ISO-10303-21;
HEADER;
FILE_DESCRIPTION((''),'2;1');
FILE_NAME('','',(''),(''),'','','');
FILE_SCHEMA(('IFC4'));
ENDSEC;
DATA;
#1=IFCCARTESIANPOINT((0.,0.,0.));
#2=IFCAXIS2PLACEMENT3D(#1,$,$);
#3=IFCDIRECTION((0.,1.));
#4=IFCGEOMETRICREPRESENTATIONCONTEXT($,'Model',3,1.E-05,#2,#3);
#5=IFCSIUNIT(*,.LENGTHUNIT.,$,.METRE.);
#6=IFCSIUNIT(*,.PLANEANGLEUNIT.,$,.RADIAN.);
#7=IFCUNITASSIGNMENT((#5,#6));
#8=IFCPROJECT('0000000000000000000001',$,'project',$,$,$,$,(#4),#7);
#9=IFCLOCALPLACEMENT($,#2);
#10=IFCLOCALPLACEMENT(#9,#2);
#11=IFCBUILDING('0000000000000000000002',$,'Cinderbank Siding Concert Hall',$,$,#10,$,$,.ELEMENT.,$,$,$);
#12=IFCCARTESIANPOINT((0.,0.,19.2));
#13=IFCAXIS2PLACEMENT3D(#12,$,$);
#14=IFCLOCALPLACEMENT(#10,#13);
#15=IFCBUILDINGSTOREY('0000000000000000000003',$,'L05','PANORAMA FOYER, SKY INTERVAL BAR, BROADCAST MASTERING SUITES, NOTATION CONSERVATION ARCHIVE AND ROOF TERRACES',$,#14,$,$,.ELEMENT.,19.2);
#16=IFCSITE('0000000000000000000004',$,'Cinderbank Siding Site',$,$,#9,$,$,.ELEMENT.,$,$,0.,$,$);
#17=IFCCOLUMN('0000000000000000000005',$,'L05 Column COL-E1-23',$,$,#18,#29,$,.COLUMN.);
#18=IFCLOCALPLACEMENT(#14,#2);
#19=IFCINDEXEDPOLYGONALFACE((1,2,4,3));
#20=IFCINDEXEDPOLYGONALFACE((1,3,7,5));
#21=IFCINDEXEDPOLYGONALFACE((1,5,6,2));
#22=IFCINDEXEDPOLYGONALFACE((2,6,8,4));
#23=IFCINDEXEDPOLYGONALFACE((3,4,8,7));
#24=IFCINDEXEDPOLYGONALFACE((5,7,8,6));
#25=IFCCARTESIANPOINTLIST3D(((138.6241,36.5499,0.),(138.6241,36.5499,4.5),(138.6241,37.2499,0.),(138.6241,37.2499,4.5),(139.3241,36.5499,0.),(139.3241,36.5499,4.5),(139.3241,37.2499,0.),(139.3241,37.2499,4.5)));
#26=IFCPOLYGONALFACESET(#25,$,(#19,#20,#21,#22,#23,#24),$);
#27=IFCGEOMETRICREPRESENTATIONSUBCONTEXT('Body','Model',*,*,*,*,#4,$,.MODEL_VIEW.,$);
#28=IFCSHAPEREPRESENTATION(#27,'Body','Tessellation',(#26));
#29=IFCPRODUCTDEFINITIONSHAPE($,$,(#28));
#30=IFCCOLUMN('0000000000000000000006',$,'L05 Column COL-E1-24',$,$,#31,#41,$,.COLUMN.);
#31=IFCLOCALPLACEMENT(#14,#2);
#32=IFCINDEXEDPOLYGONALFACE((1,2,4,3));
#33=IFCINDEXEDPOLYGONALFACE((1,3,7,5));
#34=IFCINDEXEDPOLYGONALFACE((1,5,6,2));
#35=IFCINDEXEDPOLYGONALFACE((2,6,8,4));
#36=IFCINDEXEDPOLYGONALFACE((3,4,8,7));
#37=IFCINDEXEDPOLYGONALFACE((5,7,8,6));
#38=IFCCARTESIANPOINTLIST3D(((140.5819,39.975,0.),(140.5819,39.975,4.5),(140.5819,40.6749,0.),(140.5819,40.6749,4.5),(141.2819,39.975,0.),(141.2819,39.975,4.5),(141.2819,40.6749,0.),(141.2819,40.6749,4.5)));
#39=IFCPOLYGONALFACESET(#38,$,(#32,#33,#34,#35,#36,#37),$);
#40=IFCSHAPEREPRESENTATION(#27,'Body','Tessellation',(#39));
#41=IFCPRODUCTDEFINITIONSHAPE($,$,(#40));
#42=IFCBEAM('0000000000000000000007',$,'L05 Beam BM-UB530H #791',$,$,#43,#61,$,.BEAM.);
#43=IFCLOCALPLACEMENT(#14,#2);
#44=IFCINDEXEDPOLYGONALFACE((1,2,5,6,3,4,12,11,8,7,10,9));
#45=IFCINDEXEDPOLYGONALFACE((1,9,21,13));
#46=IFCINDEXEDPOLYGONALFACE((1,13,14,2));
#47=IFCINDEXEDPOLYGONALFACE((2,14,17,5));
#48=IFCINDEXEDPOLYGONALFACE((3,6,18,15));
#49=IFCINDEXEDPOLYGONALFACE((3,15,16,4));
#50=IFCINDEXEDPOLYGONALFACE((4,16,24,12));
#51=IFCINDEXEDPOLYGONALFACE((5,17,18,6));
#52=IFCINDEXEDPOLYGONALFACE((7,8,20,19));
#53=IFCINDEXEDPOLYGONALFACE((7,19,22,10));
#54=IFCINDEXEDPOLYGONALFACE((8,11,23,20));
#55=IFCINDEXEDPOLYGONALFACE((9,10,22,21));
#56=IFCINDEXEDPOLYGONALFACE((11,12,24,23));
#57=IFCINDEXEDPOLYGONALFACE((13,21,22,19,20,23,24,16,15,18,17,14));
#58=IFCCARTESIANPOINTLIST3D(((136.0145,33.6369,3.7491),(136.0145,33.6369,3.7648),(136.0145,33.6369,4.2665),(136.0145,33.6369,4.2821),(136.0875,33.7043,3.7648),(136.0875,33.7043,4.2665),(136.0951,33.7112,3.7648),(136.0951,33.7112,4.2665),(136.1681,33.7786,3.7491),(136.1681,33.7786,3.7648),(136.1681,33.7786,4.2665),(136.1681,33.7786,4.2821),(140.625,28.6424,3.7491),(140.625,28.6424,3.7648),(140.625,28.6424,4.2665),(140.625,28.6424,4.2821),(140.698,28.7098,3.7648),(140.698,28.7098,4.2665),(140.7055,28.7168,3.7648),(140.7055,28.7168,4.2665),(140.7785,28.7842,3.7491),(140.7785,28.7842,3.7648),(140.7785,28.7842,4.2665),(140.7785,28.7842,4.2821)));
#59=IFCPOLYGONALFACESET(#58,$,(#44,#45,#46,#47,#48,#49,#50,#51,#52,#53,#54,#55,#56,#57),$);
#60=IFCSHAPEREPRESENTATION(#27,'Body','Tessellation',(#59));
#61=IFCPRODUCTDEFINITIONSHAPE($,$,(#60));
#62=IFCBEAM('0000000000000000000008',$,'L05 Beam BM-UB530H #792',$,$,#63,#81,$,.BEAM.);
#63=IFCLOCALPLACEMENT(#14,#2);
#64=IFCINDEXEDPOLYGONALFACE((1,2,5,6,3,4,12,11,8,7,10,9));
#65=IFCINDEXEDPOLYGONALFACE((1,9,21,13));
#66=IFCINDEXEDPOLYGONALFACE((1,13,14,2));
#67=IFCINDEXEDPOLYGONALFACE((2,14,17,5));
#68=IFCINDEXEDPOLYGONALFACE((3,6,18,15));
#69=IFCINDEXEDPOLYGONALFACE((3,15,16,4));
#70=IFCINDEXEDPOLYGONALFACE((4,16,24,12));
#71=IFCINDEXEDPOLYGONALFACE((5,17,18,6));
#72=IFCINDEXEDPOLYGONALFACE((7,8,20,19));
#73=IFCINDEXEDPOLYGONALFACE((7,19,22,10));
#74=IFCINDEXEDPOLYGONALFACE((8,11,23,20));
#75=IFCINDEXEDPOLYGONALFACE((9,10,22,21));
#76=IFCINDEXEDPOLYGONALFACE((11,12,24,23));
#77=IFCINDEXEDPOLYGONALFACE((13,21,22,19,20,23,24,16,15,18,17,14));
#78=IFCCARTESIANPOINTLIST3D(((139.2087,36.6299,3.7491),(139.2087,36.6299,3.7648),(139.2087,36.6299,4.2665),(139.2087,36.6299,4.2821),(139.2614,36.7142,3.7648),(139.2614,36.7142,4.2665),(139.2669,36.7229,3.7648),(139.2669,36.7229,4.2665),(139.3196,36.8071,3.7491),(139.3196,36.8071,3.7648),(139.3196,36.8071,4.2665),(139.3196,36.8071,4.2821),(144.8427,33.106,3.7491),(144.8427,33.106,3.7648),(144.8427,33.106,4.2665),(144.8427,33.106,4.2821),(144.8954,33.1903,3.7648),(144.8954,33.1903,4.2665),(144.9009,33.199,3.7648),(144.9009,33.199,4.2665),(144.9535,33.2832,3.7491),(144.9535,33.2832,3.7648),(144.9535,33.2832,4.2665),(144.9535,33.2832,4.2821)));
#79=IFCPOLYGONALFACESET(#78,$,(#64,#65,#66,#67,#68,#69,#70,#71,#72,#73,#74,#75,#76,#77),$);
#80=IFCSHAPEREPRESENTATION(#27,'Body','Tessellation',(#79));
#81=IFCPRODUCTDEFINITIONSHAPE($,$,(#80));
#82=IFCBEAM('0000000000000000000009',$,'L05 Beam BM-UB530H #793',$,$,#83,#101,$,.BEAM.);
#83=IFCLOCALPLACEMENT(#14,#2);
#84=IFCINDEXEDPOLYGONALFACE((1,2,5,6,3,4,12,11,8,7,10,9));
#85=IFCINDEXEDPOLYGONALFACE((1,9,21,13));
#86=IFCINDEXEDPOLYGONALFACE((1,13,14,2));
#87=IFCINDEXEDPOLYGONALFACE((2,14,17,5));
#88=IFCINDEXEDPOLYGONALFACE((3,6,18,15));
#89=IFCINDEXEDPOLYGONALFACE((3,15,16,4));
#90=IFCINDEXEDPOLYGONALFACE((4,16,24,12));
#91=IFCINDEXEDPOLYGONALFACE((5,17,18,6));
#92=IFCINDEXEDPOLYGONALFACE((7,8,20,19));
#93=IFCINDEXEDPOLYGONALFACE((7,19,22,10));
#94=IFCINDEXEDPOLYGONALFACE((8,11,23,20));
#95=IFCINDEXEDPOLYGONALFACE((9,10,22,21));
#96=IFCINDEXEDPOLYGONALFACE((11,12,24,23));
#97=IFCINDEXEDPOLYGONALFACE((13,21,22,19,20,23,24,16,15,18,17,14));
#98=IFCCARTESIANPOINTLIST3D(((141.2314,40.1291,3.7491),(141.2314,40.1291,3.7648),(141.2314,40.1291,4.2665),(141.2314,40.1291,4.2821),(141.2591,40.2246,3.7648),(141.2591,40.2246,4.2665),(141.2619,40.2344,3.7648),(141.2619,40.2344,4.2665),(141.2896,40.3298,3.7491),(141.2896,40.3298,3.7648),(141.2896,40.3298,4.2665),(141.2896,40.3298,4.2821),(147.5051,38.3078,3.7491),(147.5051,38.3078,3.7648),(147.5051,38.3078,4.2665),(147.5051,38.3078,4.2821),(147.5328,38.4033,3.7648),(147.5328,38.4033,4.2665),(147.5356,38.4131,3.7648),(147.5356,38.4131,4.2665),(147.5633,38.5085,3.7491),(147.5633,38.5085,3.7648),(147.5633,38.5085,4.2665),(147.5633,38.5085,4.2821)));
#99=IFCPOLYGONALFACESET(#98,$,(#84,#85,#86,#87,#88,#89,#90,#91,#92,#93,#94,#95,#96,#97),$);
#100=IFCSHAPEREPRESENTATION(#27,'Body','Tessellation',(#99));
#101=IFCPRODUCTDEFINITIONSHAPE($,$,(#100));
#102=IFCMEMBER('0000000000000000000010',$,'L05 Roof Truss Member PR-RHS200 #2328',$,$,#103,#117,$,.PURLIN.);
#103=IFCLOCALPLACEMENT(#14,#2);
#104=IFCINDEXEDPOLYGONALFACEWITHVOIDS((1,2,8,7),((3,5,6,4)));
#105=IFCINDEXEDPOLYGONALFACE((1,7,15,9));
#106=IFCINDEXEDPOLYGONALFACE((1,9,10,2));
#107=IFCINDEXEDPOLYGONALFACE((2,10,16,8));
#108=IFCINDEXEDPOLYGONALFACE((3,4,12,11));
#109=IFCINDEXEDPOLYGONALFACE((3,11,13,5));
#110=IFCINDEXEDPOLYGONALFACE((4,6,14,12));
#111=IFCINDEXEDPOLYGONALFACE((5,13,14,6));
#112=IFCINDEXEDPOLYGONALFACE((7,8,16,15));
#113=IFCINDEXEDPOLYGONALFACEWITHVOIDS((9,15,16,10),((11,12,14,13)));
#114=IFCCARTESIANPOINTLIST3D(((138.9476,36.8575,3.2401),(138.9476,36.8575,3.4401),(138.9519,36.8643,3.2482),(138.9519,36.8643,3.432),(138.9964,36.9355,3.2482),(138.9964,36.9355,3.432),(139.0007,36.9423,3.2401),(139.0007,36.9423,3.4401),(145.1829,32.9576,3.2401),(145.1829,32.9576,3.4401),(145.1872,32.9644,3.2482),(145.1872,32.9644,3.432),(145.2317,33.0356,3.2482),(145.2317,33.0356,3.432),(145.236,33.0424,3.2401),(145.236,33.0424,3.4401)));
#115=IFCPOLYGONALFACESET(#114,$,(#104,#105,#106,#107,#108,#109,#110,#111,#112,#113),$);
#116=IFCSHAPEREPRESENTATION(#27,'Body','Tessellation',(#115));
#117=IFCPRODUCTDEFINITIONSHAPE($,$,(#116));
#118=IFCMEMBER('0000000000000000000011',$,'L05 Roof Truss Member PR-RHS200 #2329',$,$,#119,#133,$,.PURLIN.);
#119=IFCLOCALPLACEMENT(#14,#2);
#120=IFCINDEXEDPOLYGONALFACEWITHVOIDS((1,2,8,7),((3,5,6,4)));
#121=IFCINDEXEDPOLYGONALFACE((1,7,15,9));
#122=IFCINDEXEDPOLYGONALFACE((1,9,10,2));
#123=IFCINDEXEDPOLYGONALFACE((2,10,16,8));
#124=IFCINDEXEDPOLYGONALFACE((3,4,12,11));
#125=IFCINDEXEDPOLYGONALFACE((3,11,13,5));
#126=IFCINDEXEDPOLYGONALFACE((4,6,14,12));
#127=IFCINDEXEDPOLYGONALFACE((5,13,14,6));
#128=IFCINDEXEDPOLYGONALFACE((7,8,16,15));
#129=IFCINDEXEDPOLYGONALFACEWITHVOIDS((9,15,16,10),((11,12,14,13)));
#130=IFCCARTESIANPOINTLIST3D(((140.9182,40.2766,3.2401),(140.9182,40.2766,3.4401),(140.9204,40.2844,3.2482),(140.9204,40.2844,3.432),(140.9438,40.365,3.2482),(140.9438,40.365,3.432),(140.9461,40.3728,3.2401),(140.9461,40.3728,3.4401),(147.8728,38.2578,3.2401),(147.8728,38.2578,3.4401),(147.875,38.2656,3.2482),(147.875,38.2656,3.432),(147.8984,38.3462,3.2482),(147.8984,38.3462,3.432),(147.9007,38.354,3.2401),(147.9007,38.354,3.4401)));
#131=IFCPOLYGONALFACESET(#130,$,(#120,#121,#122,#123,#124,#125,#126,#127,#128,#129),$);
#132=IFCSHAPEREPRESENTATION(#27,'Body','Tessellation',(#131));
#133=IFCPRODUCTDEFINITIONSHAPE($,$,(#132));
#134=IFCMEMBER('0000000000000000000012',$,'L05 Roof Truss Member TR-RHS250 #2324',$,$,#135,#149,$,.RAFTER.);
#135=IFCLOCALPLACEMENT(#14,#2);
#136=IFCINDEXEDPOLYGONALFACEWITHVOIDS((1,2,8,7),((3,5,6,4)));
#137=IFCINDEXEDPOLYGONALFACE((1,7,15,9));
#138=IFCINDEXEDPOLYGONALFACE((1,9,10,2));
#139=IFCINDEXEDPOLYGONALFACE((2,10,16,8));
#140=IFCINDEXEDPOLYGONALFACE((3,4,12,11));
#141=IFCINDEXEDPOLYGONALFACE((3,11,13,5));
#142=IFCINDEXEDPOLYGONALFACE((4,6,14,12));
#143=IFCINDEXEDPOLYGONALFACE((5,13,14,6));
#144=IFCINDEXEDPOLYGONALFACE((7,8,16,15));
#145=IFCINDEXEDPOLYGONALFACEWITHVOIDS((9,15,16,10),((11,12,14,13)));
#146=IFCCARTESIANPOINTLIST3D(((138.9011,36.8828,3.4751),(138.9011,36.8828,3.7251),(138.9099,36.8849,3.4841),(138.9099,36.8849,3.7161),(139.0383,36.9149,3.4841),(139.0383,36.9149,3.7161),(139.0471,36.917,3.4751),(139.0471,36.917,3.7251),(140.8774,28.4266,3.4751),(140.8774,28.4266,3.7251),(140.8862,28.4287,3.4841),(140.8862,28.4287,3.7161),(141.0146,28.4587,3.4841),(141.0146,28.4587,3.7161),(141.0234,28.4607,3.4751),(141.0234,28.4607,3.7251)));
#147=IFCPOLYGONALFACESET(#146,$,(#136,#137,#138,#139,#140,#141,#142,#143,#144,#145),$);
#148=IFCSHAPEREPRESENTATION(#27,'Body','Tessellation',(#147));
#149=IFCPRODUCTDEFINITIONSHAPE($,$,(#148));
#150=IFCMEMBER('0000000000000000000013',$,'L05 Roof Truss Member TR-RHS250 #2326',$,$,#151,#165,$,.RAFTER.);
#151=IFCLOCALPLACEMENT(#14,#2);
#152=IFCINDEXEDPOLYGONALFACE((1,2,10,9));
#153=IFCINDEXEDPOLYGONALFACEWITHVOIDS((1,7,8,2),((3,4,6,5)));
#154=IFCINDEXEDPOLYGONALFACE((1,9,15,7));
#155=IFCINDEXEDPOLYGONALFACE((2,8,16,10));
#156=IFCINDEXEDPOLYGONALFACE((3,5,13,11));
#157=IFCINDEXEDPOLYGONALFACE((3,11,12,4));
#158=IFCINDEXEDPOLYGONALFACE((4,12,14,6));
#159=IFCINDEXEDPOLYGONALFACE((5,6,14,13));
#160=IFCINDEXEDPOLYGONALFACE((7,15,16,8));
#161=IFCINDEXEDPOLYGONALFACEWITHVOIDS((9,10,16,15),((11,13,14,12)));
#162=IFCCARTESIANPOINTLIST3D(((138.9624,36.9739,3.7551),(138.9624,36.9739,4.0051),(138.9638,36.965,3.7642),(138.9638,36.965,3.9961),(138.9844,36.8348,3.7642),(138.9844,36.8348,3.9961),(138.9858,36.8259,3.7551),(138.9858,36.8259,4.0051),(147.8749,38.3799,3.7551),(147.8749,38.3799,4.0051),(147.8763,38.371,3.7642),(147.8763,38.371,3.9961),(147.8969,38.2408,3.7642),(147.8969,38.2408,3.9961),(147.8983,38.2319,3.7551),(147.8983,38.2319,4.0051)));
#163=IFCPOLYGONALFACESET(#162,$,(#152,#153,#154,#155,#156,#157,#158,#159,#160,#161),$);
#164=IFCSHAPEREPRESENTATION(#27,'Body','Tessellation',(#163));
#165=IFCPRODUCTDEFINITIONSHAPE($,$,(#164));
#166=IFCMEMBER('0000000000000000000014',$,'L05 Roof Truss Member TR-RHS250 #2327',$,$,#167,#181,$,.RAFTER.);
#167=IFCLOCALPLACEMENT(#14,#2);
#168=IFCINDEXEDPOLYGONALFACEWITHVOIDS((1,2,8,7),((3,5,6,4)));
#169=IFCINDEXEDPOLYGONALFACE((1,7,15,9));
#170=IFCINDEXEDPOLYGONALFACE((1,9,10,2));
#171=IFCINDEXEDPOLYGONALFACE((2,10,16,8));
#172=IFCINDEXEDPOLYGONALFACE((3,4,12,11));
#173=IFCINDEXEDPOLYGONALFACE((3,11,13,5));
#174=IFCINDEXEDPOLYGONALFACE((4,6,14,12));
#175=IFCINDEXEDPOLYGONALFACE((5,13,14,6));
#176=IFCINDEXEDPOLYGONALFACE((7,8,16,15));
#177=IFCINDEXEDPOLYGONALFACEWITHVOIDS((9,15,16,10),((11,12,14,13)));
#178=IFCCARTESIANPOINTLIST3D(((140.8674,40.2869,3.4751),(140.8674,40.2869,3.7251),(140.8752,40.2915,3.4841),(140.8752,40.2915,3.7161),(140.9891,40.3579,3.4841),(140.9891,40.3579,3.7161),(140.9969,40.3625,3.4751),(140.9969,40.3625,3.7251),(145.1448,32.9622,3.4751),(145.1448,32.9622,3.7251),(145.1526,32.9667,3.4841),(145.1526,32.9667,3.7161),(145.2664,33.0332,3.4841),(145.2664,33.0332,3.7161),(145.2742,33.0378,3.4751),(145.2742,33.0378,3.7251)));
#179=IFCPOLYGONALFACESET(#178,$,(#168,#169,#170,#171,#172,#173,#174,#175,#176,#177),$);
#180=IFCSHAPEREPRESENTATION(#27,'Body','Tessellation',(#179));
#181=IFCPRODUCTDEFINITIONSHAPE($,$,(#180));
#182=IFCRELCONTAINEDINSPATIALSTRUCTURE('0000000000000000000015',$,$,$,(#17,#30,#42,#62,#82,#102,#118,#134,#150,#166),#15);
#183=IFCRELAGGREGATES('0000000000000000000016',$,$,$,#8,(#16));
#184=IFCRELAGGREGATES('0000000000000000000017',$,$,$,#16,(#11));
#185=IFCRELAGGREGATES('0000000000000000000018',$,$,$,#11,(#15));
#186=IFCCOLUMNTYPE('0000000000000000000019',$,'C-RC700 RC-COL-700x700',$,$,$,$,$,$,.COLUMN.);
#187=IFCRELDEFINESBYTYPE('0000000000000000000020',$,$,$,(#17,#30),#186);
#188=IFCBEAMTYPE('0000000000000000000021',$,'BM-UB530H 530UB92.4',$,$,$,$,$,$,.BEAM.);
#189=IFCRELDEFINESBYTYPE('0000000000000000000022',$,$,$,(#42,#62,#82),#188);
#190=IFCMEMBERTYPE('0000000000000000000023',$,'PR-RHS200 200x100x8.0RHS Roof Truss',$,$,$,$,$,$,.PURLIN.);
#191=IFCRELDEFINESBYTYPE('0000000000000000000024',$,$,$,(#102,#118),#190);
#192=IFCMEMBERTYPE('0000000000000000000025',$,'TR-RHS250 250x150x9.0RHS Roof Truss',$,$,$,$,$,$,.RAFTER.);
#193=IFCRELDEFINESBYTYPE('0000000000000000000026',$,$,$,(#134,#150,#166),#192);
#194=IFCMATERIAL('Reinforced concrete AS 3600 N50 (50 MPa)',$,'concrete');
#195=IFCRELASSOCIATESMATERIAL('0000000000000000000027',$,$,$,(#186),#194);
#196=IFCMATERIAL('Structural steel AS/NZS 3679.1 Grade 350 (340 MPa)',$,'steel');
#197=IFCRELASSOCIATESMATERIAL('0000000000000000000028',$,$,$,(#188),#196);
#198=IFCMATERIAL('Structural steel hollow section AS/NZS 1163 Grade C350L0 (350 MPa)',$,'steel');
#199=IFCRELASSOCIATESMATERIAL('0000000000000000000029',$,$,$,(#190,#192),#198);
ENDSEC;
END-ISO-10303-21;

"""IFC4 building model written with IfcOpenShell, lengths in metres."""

from ifc_helpers import new_model, si_unit, direction, frame, origin, origin_2d, place, context, subcontext, project, spatial, rectangle, hollow_rectangle, i_section, extrude, material, material_profile, profile_set, type_object, element, save


model = new_model("IFC4")

# Units and contexts
model_context = context("Model", 3, precision=1e-05, world=origin(), true_north=direction((0.0, 1.0)))
body_context = subcontext(model_context, "Body", "Model", "MODEL_VIEW")
ifc_project = project(units=[si_unit("LENGTHUNIT", "METRE"), si_unit("PLANEANGLEUNIT", "RADIAN")], contexts=[model_context])

# Site, building, storey
site_placement = place(None, origin())
site = spatial("IfcSite", under=ifc_project, at=site_placement, Name="Cinderbank Siding Site", CompositionType="ELEMENT", RefElevation=0.0)
building_placement = place(site_placement, origin())
building = spatial("IfcBuilding", under=site, at=building_placement, Name="Cinderbank Siding Concert Hall", CompositionType="ELEMENT")
storey_placement = place(building_placement, frame((0.0, 0.0, 19.2)))
storey = spatial("IfcBuildingStorey", under=building, at=storey_placement, Name="L05", Description="PANORAMA FOYER, SKY INTERVAL BAR, BROADCAST MASTERING SUITES, NOTATION CONSERVATION ARCHIVE AND ROOF TERRACES", CompositionType="ELEMENT", Elevation=19.2)

# Columns
ifc_material_1 = material(Name="Reinforced concrete AS 3600 N50 (50 MPa)", Category="concrete")
ifc_material_profile_1 = material_profile(ifc_material_1, rectangle(XDim=0.7, YDim=0.7, at=origin_2d()), Name="RC-COL-700x700", Category="LoadBearing")
ifc_profile_set_1 = profile_set([ifc_material_profile_1], Name="Reinforced concrete AS 3600 N50 (50 MPa)")
column_type = type_object("IfcColumnType", Name="C-RC700 RC-COL-700x700", PredefinedType="COLUMN", material=ifc_profile_set_1)
for number, where, z_axis, x_axis, name in (
    (1, (138.9741, 36.8999, 0.0), (0.0, 0.0, 1.0), (1.0, 0.0, 0.0), "L05 Column COL-E1-23"),
    (2, (140.9319, 40.325, 0.0), (0.0, 0.0, 1.0), (1.0, 0.0, 0.0), "L05 Column COL-E1-24"),
):
    element("IfcColumn", number, at=place(storey_placement, frame(where, z_axis=z_axis, x_axis=x_axis)), inside=storey, type_object=column_type, Name=name, PredefinedType="COLUMN", context=body_context, shape_type="SweptSolid", body=[
        extrude(rectangle(XDim=0.7, YDim=0.7, at=origin_2d()), origin(), (0.0, 0.0, 1.0), 4.5),
    ])

# Beams
ifc_material_2 = material(Name="Structural steel AS/NZS 3679.1 Grade 350 (340 MPa)", Category="steel")
ifc_material_profile_2 = material_profile(ifc_material_2, i_section(OverallWidth=0.209, OverallDepth=0.533, WebThickness=0.0103, FlangeThickness=0.0156, at=origin_2d()), Name="530UB92.4", Category="LoadBearing")
ifc_profile_set_2 = profile_set([ifc_material_profile_2], Name="Structural steel AS/NZS 3679.1 Grade 350 (340 MPa)")
beam_type = type_object("IfcBeamType", Name="BM-UB530H 530UB92.4", PredefinedType="BEAM", material=ifc_profile_set_2)
beam_1_placement = place(storey_placement, frame((136.0913, 33.7078, 4.0156), z_axis=(0.678292, -0.734792, 0.0), x_axis=(0.734792, 0.678292, 0.0)))
element("IfcBeam", 3, at=beam_1_placement, inside=storey, type_object=beam_type, Name="L05 Beam BM-UB530H #791", PredefinedType="BEAM", context=body_context, shape_type="SweptSolid", body=[
    extrude(i_section(OverallWidth=0.209, OverallDepth=0.533, WebThickness=0.0103, FlangeThickness=0.0156, at=origin_2d()), origin(), (0.0, 0.0, 1.0), 6.7971),
])
beam_2_placement = place(storey_placement, frame((139.2642, 36.7185, 4.0156), z_axis=(0.847819, -0.530286, 0.0), x_axis=(0.530286, 0.847819, 0.0)))
element("IfcBeam", 4, at=beam_2_placement, inside=storey, type_object=beam_type, Name="L05 Beam BM-UB530H #792", PredefinedType="BEAM", context=body_context, shape_type="SweptSolid", body=[
    extrude(i_section(OverallWidth=0.209, OverallDepth=0.533, WebThickness=0.0103, FlangeThickness=0.0156, at=origin_2d()), origin(), (0.0, 0.0, 1.0), 6.6453),
])
beam_3_placement = place(storey_placement, frame((141.2605, 40.2295, 4.0156), z_axis=(0.96035, -0.278796, 0.0), x_axis=(0.278796, 0.96035, 0.0)))
element("IfcBeam", 5, at=beam_3_placement, inside=storey, type_object=beam_type, Name="L05 Beam BM-UB530H #793", PredefinedType="BEAM", context=body_context, shape_type="SweptSolid", body=[
    extrude(i_section(OverallWidth=0.209, OverallDepth=0.533, WebThickness=0.0103, FlangeThickness=0.0156, at=origin_2d()), origin(), (0.0, 0.0, 1.0), 6.5327),
])

# Members
ifc_material_3 = material(Name="Structural steel hollow section AS/NZS 1163 Grade C350L0 (350 MPa)", Category="steel")
ifc_material_profile_3 = material_profile(ifc_material_3, hollow_rectangle(XDim=0.1001, YDim=0.2, WallThickness=0.0081, at=origin_2d()), Name="200x100x8.0RHS", Category="LoadBearing")
ifc_profile_set_3 = profile_set([ifc_material_profile_3], Name="Structural steel hollow section AS/NZS 1163 Grade C350L0 (350 MPa)")
member_type_1 = type_object("IfcMemberType", Name="PR-RHS200 200x100x8.0RHS Roof Truss", PredefinedType="PURLIN", material=ifc_profile_set_3)
member_1_placement = place(storey_placement, frame((138.9741, 36.8999, 3.3401), z_axis=(0.847827, -0.530273, 0.0), x_axis=(0.530273, 0.847827, 0.0)))
element("IfcMember", 6, at=member_1_placement, inside=storey, type_object=member_type_1, Name="L05 Roof Truss Member PR-RHS200 #2328", PredefinedType="PURLIN", context=body_context, shape_type="SweptSolid", body=[
    extrude(hollow_rectangle(XDim=0.1001, YDim=0.2, WallThickness=0.0081, at=origin_2d()), origin(), (0.0, 0.0, 1.0), 7.3545),
])
member_2_placement = place(storey_placement, frame((140.9321, 40.3247, 3.3401), z_axis=(0.960356, -0.278775, 0.0), x_axis=(0.278775, 0.960356, 0.0)))
element("IfcMember", 7, at=member_2_placement, inside=storey, type_object=member_type_1, Name="L05 Roof Truss Member PR-RHS200 #2329", PredefinedType="PURLIN", context=body_context, shape_type="SweptSolid", body=[
    extrude(hollow_rectangle(XDim=0.1001, YDim=0.2, WallThickness=0.0081, at=origin_2d()), origin(), (0.0, 0.0, 1.0), 7.2417),
])
ifc_material_profile_4 = material_profile(ifc_material_3, hollow_rectangle(XDim=0.1499, YDim=0.25, WallThickness=0.009, at=origin_2d()), Name="250x150x9.0RHS", Category="LoadBearing")
ifc_profile_set_4 = profile_set([ifc_material_profile_4], Name="Structural steel hollow section AS/NZS 1163 Grade C350L0 (350 MPa)")
member_type_2 = type_object("IfcMemberType", Name="TR-RHS250 250x150x9.0RHS Roof Truss", PredefinedType="RAFTER", material=ifc_profile_set_4)
member_3_placement = place(storey_placement, frame((138.9741, 36.8999, 3.6001), z_axis=(0.227577, -0.97376, 0.0), x_axis=(0.97376, 0.227577, 0.0)))
element("IfcMember", 8, at=member_3_placement, inside=storey, type_object=member_type_2, Name="L05 Roof Truss Member TR-RHS250 #2324", PredefinedType="RAFTER", context=body_context, shape_type="SweptSolid", body=[
    extrude(hollow_rectangle(XDim=0.1499, YDim=0.25, WallThickness=0.009, at=origin_2d()), origin(), (0.0, 0.0, 1.0), 8.6841),
])
member_4_placement = place(storey_placement, frame((138.9741, 36.8999, 3.8801), z_axis=(0.987784, 0.155828, 0.0), x_axis=(-0.155828, 0.987784, 0.0)))
element("IfcMember", 9, at=member_4_placement, inside=storey, type_object=member_type_2, Name="L05 Roof Truss Member TR-RHS250 #2326", PredefinedType="RAFTER", context=body_context, shape_type="SweptSolid", body=[
    extrude(hollow_rectangle(XDim=0.1499, YDim=0.25, WallThickness=0.009, at=origin_2d()), origin(), (0.0, 0.0, 1.0), 9.0227),
])
member_5_placement = place(storey_placement, frame((140.9321, 40.3247, 3.6001), z_axis=(0.504275, -0.863543, 0.0), x_axis=(0.863543, 0.504275, 0.0)))
element("IfcMember", 10, at=member_5_placement, inside=storey, type_object=member_type_2, Name="L05 Roof Truss Member TR-RHS250 #2327", PredefinedType="RAFTER", context=body_context, shape_type="SweptSolid", body=[
    extrude(hollow_rectangle(XDim=0.1499, YDim=0.25, WallThickness=0.009, at=origin_2d()), origin(), (0.0, 0.0, 1.0), 8.4822),
])

save(model, "model.ifc")
